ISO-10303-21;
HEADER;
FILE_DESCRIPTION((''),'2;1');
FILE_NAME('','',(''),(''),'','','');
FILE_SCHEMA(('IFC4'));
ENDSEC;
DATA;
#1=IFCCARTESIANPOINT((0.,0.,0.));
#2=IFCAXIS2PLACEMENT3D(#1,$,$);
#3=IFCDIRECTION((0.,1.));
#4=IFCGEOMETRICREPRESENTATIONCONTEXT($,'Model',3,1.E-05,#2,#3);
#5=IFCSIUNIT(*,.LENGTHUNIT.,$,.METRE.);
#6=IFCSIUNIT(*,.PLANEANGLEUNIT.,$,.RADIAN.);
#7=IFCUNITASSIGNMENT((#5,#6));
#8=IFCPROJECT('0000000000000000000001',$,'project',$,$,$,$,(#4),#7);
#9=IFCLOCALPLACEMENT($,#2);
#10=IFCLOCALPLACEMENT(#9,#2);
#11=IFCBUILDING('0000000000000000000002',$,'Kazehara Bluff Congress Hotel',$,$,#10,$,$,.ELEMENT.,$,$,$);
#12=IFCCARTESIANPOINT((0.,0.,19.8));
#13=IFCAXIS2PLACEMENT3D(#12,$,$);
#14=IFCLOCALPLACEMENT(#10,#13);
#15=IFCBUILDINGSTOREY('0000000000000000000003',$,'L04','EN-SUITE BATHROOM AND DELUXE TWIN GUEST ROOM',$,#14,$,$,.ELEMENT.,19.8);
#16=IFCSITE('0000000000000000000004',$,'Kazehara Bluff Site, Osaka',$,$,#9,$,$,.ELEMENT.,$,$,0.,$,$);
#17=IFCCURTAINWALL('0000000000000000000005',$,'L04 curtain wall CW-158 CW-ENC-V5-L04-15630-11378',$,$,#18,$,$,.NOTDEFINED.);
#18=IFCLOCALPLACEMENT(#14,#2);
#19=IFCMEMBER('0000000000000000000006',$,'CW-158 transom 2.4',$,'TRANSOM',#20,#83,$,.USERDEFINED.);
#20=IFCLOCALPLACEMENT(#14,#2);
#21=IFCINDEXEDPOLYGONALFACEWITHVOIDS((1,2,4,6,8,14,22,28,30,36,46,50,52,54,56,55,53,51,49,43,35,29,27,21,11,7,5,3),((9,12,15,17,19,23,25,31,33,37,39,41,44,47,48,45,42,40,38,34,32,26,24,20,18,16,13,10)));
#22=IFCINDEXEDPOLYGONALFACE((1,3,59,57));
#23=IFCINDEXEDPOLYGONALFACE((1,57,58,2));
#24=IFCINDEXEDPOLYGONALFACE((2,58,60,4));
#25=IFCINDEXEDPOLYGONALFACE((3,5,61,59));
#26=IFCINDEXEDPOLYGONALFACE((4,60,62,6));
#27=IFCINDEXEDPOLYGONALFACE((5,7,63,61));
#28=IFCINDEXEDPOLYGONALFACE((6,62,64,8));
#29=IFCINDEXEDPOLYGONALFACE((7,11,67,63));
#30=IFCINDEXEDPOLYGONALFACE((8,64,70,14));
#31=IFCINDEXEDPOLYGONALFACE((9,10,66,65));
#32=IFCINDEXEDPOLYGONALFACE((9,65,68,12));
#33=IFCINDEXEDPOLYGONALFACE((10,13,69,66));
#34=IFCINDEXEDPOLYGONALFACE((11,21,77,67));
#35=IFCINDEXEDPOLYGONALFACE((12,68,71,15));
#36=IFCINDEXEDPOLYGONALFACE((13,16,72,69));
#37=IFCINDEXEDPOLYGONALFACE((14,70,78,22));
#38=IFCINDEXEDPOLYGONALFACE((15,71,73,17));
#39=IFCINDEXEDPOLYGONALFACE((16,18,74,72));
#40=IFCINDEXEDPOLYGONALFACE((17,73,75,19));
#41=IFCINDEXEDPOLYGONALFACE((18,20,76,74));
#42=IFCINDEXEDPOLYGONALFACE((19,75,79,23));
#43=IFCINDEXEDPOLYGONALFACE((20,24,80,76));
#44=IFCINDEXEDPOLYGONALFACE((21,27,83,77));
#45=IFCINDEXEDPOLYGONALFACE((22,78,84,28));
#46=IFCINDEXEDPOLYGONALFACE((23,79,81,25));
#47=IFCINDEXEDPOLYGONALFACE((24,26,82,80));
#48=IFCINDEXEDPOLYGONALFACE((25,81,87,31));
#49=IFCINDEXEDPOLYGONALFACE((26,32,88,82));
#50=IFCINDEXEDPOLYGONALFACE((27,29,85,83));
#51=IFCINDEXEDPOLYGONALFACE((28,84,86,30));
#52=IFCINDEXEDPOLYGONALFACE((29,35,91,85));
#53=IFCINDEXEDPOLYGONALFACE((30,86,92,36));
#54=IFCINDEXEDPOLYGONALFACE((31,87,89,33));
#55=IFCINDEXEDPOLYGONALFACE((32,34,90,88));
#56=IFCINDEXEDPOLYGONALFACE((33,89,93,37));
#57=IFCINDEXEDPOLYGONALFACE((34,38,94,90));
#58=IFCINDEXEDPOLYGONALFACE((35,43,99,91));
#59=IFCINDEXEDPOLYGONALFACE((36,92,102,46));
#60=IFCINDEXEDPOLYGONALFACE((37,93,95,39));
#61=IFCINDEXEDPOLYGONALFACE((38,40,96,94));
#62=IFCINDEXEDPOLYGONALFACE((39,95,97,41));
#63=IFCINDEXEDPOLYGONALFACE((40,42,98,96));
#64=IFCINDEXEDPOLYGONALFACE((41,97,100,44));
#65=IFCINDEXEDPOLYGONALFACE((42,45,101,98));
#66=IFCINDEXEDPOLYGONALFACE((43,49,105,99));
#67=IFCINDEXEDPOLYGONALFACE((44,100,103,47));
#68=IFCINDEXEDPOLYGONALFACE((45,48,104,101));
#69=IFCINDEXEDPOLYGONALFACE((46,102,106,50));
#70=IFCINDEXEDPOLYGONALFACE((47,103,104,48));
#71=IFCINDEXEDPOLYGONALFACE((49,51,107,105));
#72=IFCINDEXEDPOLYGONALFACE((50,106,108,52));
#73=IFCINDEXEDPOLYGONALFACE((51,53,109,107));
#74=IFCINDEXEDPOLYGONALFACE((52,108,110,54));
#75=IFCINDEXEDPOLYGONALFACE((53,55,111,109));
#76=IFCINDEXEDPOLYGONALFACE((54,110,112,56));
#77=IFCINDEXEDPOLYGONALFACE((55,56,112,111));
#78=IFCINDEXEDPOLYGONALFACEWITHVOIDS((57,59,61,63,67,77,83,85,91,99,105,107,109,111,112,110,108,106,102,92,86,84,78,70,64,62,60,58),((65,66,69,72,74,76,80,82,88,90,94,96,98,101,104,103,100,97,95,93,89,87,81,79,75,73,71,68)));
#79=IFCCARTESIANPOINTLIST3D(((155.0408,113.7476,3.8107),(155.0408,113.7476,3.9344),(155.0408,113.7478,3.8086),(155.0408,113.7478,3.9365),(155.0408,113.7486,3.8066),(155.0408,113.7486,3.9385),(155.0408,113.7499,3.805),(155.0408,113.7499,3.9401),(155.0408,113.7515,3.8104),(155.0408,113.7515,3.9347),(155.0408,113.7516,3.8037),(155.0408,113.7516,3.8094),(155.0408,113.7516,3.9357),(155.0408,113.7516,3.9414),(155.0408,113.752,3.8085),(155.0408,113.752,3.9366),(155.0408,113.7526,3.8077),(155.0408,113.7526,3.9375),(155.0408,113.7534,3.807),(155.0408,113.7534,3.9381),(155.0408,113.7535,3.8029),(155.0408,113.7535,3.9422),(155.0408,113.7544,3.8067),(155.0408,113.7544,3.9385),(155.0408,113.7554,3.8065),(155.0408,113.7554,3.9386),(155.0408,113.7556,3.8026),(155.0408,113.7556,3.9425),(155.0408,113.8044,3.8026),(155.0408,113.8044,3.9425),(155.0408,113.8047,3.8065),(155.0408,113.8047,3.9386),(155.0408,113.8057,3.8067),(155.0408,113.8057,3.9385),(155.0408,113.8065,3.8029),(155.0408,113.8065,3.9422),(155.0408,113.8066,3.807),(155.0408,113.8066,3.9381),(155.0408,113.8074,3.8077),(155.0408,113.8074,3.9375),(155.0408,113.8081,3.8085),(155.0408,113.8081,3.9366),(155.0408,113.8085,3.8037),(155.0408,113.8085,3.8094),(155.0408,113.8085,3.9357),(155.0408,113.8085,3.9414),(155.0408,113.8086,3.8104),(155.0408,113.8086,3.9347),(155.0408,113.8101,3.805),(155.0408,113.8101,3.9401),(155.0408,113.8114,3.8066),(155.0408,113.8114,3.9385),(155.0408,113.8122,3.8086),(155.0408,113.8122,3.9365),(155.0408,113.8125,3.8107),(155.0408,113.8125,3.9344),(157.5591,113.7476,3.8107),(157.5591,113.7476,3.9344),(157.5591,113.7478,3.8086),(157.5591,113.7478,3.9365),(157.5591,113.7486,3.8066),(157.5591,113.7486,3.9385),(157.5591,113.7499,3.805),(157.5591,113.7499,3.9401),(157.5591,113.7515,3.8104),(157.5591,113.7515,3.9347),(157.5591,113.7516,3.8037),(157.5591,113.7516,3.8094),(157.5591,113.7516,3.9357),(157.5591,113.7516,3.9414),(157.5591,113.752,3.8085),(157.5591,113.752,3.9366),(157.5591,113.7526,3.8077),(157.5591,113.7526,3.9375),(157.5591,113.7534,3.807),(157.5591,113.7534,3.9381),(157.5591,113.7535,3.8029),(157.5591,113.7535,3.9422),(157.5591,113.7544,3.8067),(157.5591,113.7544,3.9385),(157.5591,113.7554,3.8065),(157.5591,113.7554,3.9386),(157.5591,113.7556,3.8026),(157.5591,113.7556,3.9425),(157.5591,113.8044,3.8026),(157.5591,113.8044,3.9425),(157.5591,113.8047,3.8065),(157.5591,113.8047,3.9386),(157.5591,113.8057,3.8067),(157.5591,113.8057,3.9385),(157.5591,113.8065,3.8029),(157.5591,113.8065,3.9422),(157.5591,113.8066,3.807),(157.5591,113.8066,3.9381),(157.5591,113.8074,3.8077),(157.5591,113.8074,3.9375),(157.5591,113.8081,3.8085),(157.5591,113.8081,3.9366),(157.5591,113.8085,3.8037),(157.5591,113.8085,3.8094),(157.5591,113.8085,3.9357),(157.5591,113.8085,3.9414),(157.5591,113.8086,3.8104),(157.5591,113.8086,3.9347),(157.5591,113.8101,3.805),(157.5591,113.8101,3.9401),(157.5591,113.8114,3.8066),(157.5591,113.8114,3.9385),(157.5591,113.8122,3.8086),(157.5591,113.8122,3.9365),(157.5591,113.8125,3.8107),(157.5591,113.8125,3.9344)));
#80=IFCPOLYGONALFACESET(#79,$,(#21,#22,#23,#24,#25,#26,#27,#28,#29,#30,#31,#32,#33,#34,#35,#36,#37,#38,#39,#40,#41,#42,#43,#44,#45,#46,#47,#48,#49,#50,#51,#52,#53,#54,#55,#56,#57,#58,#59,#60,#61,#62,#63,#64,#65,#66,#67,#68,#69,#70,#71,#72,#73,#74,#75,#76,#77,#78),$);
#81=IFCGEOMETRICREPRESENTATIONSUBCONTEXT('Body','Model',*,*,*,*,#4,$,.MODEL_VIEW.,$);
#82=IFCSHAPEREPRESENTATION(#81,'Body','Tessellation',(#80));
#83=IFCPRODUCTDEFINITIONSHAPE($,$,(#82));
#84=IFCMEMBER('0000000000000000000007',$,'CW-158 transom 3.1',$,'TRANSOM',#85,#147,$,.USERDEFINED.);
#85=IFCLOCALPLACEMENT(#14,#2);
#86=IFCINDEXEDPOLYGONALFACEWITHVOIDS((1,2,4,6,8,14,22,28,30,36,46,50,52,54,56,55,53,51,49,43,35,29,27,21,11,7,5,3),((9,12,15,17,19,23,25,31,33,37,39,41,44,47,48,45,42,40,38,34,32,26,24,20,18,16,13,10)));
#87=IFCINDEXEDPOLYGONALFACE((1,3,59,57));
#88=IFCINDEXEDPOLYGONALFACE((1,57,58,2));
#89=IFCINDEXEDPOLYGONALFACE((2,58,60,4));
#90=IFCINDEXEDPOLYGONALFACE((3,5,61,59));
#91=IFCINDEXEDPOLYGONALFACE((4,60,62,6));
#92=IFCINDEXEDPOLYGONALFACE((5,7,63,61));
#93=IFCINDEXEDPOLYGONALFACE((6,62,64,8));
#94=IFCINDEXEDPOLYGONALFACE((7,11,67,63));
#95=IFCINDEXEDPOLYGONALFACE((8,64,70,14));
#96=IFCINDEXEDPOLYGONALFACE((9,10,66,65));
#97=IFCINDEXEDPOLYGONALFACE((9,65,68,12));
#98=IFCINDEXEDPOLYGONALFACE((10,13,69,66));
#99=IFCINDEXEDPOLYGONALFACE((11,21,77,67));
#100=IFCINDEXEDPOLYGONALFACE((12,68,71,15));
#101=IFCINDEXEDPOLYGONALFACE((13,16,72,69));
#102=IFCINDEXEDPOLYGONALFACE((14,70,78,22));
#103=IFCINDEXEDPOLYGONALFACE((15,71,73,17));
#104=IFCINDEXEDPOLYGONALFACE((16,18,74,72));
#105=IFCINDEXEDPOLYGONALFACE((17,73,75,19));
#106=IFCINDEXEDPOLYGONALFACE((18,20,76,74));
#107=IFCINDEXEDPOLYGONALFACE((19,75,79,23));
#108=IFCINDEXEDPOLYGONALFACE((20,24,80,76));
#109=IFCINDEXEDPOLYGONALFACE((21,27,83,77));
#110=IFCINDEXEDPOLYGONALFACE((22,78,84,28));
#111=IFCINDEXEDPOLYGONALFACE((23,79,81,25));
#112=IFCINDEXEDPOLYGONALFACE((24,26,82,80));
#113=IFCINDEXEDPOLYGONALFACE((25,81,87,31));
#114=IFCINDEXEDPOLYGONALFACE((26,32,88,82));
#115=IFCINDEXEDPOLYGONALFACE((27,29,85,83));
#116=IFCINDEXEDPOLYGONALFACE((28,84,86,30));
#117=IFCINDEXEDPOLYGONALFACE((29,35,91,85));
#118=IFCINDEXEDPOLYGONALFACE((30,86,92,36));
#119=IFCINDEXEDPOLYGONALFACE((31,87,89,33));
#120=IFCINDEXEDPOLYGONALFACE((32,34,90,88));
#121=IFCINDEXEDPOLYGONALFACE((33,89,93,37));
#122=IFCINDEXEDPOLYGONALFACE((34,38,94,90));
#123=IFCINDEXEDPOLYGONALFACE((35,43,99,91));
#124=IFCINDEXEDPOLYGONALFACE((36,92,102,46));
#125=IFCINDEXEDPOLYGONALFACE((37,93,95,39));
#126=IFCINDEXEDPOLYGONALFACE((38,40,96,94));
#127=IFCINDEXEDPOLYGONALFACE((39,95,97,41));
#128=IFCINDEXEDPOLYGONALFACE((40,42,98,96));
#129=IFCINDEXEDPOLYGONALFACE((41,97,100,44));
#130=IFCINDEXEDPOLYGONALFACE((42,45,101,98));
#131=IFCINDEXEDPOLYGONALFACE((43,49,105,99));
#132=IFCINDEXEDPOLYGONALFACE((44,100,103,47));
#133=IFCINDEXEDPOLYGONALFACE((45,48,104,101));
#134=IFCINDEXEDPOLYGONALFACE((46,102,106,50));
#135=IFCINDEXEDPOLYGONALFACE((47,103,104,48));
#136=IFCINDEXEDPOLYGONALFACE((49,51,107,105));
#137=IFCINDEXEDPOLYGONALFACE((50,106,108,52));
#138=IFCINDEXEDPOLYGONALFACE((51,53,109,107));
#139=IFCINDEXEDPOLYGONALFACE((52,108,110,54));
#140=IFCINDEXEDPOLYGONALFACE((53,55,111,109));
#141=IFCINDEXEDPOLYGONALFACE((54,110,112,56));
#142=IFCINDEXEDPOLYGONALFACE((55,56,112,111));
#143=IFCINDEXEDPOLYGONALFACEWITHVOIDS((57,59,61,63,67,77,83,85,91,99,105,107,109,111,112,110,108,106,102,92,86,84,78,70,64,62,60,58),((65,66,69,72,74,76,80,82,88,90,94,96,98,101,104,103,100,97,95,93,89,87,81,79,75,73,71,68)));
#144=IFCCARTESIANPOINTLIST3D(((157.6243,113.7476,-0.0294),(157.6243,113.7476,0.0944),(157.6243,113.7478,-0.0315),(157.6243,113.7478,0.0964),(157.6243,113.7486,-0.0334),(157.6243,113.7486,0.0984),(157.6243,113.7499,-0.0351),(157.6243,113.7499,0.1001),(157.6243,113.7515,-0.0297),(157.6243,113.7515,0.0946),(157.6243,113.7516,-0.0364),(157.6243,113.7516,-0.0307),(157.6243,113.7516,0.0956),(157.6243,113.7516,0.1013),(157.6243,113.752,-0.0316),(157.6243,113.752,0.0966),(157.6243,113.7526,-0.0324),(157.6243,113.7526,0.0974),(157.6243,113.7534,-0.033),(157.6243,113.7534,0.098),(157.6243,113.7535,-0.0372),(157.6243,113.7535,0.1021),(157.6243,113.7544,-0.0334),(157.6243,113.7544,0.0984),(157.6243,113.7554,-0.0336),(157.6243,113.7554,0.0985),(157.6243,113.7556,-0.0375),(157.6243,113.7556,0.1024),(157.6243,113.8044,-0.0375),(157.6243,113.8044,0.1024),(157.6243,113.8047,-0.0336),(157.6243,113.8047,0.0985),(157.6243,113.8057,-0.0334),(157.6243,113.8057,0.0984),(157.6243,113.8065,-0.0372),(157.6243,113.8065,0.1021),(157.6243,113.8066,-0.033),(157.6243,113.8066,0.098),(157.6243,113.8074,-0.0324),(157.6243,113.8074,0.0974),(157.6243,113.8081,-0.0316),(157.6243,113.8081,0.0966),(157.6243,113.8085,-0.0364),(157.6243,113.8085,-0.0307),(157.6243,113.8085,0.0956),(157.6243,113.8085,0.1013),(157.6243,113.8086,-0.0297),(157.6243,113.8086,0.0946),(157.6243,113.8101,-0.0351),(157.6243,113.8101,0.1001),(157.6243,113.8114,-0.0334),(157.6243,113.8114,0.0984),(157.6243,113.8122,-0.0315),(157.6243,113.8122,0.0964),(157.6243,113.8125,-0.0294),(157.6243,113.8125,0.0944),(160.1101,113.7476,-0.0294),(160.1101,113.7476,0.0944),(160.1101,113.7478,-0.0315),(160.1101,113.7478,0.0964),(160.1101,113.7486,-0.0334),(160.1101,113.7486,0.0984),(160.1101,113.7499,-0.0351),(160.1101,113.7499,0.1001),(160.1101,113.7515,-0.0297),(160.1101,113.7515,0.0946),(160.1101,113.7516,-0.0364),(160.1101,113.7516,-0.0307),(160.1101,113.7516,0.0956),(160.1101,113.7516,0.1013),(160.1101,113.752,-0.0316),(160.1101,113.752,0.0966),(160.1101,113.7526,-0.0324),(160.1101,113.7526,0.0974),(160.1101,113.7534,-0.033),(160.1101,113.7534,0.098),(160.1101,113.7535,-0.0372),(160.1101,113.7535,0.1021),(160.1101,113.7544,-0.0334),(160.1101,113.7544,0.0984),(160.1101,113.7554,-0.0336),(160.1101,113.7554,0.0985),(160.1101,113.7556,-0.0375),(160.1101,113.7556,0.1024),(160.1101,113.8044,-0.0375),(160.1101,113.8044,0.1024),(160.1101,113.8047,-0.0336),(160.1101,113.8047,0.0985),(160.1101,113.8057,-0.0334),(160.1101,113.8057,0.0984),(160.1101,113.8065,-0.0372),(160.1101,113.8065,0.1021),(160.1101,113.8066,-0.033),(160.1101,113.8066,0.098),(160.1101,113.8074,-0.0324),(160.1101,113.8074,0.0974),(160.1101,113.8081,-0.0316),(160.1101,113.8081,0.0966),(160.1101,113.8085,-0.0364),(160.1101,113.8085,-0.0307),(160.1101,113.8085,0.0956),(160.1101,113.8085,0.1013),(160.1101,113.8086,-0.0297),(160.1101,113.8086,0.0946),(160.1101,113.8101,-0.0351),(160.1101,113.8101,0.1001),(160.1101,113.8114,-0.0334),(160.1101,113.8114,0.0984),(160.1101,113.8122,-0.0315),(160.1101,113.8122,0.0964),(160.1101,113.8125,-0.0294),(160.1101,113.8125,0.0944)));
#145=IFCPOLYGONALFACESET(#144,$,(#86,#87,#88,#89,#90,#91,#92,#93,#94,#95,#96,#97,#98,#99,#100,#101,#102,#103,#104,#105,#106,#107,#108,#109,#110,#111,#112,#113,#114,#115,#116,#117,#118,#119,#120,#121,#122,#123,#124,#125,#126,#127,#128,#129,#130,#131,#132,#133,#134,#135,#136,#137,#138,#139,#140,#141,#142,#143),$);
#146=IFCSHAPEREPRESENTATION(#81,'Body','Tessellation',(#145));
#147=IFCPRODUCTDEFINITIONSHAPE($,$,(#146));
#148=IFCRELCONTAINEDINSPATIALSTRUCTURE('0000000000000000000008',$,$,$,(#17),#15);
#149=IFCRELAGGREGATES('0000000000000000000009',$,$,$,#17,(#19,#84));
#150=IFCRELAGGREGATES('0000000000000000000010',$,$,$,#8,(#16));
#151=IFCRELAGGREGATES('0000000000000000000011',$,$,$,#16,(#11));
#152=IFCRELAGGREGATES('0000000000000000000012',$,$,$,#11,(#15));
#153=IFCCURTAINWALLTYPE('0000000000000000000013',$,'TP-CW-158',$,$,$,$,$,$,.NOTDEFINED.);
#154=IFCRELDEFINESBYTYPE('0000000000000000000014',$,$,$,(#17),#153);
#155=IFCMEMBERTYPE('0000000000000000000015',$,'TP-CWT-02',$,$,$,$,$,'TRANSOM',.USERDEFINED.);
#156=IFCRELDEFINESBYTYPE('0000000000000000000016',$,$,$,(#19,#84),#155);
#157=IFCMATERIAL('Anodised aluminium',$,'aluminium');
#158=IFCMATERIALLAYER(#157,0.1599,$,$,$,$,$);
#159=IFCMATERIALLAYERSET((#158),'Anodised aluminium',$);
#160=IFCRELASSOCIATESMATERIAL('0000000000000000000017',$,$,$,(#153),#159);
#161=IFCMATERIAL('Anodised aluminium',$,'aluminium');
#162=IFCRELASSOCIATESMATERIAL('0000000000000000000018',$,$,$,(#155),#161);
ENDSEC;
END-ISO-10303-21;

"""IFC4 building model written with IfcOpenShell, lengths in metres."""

from ifc_helpers import new_model, si_unit, direction, frame, origin, origin_2d, place, context, subcontext, project, spatial, hollow_rectangle, extrude, material, layer, layer_set, material_profile, profile_set, type_object, element, aggregate, save


model = new_model("IFC4")

# Units and contexts
model_context = context("Model", 3, precision=1e-05, world=origin(), true_north=direction((0.0, 1.0)))
body_context = subcontext(model_context, "Body", "Model", "MODEL_VIEW")
ifc_project = project(units=[si_unit("LENGTHUNIT", "METRE"), si_unit("PLANEANGLEUNIT", "RADIAN")], contexts=[model_context])

# Site, building, storey
site_placement = place(None, origin())
site = spatial("IfcSite", under=ifc_project, at=site_placement, Name="Kazehara Bluff Site, Osaka", CompositionType="ELEMENT", RefElevation=0.0)
building_placement = place(site_placement, origin())
building = spatial("IfcBuilding", under=site, at=building_placement, Name="Kazehara Bluff Congress Hotel", CompositionType="ELEMENT")
storey_placement = place(building_placement, frame((0.0, 0.0, 19.8)))
storey = spatial("IfcBuildingStorey", under=building, at=storey_placement, Name="L04", Description="EN-SUITE BATHROOM AND DELUXE TWIN GUEST ROOM", CompositionType="ELEMENT", Elevation=19.8)

# Curtain wall, members
ifc_material_1 = material(Name="Anodised aluminium", Category="aluminium")
ifc_layer_1 = layer(ifc_material_1, 0.1599)
ifc_layer_set_1 = layer_set([ifc_layer_1], Name="Anodised aluminium")
curtain_wall_type = type_object("IfcCurtainWallType", Name="TP-CW-158", PredefinedType="NOTDEFINED", material=ifc_layer_set_1)
curtain_wall_placement = place(storey_placement, origin())
curtain_wall = element("IfcCurtainWall", 1, at=curtain_wall_placement, inside=storey, type_object=curtain_wall_type, Name="L04 curtain wall CW-158 CW-ENC-V5-L04-15630-11378", PredefinedType="NOTDEFINED")
ifc_material_2 = material(Name="Anodised aluminium", Category="aluminium")
ifc_material_profile_1 = material_profile(ifc_material_2, hollow_rectangle(XDim=0.0649, YDim=0.1399, WallThickness=0.0039, InnerFilletRadius=0.0039, OuterFilletRadius=0.0081, at=origin_2d()))
ifc_profile_set_1 = profile_set([ifc_material_profile_1], Name="Anodised aluminium")
member_type_1 = type_object("IfcMemberType", Name="TP-CWT-02", ElementType="TRANSOM", PredefinedType="USERDEFINED", material=ifc_profile_set_1)
member_1_placement = place(storey_placement, frame((155.0408, 113.78, 3.8726), z_axis=(1.0, 0.0, 0.0), x_axis=(0.0, 1.0, 0.0)))
member_1 = element("IfcMember", 2, at=member_1_placement, type_object=member_type_1, Name="CW-158 transom 2.4", ObjectType="TRANSOM", PredefinedType="USERDEFINED", context=body_context, shape_type="SweptSolid", body=[
    extrude(hollow_rectangle(XDim=0.0649, YDim=0.1399, WallThickness=0.0039, InnerFilletRadius=0.0039, OuterFilletRadius=0.0081, at=origin_2d()), origin(), (0.0, 0.0, 1.0), 2.5183),
])
member_2_placement = place(storey_placement, frame((157.6243, 113.78, 0.0325), z_axis=(1.0, 0.0, 0.0), x_axis=(0.0, 1.0, 0.0)))
member_2 = element("IfcMember", 3, at=member_2_placement, type_object=member_type_1, Name="CW-158 transom 3.1", ObjectType="TRANSOM", PredefinedType="USERDEFINED", context=body_context, shape_type="SweptSolid", body=[
    extrude(hollow_rectangle(XDim=0.0649, YDim=0.1399, WallThickness=0.0039, InnerFilletRadius=0.0039, OuterFilletRadius=0.0081, at=origin_2d()), origin(), (0.0, 0.0, 1.0), 2.4858),
])
aggregate(curtain_wall, [member_1, member_2])

save(model, "model.ifc")
